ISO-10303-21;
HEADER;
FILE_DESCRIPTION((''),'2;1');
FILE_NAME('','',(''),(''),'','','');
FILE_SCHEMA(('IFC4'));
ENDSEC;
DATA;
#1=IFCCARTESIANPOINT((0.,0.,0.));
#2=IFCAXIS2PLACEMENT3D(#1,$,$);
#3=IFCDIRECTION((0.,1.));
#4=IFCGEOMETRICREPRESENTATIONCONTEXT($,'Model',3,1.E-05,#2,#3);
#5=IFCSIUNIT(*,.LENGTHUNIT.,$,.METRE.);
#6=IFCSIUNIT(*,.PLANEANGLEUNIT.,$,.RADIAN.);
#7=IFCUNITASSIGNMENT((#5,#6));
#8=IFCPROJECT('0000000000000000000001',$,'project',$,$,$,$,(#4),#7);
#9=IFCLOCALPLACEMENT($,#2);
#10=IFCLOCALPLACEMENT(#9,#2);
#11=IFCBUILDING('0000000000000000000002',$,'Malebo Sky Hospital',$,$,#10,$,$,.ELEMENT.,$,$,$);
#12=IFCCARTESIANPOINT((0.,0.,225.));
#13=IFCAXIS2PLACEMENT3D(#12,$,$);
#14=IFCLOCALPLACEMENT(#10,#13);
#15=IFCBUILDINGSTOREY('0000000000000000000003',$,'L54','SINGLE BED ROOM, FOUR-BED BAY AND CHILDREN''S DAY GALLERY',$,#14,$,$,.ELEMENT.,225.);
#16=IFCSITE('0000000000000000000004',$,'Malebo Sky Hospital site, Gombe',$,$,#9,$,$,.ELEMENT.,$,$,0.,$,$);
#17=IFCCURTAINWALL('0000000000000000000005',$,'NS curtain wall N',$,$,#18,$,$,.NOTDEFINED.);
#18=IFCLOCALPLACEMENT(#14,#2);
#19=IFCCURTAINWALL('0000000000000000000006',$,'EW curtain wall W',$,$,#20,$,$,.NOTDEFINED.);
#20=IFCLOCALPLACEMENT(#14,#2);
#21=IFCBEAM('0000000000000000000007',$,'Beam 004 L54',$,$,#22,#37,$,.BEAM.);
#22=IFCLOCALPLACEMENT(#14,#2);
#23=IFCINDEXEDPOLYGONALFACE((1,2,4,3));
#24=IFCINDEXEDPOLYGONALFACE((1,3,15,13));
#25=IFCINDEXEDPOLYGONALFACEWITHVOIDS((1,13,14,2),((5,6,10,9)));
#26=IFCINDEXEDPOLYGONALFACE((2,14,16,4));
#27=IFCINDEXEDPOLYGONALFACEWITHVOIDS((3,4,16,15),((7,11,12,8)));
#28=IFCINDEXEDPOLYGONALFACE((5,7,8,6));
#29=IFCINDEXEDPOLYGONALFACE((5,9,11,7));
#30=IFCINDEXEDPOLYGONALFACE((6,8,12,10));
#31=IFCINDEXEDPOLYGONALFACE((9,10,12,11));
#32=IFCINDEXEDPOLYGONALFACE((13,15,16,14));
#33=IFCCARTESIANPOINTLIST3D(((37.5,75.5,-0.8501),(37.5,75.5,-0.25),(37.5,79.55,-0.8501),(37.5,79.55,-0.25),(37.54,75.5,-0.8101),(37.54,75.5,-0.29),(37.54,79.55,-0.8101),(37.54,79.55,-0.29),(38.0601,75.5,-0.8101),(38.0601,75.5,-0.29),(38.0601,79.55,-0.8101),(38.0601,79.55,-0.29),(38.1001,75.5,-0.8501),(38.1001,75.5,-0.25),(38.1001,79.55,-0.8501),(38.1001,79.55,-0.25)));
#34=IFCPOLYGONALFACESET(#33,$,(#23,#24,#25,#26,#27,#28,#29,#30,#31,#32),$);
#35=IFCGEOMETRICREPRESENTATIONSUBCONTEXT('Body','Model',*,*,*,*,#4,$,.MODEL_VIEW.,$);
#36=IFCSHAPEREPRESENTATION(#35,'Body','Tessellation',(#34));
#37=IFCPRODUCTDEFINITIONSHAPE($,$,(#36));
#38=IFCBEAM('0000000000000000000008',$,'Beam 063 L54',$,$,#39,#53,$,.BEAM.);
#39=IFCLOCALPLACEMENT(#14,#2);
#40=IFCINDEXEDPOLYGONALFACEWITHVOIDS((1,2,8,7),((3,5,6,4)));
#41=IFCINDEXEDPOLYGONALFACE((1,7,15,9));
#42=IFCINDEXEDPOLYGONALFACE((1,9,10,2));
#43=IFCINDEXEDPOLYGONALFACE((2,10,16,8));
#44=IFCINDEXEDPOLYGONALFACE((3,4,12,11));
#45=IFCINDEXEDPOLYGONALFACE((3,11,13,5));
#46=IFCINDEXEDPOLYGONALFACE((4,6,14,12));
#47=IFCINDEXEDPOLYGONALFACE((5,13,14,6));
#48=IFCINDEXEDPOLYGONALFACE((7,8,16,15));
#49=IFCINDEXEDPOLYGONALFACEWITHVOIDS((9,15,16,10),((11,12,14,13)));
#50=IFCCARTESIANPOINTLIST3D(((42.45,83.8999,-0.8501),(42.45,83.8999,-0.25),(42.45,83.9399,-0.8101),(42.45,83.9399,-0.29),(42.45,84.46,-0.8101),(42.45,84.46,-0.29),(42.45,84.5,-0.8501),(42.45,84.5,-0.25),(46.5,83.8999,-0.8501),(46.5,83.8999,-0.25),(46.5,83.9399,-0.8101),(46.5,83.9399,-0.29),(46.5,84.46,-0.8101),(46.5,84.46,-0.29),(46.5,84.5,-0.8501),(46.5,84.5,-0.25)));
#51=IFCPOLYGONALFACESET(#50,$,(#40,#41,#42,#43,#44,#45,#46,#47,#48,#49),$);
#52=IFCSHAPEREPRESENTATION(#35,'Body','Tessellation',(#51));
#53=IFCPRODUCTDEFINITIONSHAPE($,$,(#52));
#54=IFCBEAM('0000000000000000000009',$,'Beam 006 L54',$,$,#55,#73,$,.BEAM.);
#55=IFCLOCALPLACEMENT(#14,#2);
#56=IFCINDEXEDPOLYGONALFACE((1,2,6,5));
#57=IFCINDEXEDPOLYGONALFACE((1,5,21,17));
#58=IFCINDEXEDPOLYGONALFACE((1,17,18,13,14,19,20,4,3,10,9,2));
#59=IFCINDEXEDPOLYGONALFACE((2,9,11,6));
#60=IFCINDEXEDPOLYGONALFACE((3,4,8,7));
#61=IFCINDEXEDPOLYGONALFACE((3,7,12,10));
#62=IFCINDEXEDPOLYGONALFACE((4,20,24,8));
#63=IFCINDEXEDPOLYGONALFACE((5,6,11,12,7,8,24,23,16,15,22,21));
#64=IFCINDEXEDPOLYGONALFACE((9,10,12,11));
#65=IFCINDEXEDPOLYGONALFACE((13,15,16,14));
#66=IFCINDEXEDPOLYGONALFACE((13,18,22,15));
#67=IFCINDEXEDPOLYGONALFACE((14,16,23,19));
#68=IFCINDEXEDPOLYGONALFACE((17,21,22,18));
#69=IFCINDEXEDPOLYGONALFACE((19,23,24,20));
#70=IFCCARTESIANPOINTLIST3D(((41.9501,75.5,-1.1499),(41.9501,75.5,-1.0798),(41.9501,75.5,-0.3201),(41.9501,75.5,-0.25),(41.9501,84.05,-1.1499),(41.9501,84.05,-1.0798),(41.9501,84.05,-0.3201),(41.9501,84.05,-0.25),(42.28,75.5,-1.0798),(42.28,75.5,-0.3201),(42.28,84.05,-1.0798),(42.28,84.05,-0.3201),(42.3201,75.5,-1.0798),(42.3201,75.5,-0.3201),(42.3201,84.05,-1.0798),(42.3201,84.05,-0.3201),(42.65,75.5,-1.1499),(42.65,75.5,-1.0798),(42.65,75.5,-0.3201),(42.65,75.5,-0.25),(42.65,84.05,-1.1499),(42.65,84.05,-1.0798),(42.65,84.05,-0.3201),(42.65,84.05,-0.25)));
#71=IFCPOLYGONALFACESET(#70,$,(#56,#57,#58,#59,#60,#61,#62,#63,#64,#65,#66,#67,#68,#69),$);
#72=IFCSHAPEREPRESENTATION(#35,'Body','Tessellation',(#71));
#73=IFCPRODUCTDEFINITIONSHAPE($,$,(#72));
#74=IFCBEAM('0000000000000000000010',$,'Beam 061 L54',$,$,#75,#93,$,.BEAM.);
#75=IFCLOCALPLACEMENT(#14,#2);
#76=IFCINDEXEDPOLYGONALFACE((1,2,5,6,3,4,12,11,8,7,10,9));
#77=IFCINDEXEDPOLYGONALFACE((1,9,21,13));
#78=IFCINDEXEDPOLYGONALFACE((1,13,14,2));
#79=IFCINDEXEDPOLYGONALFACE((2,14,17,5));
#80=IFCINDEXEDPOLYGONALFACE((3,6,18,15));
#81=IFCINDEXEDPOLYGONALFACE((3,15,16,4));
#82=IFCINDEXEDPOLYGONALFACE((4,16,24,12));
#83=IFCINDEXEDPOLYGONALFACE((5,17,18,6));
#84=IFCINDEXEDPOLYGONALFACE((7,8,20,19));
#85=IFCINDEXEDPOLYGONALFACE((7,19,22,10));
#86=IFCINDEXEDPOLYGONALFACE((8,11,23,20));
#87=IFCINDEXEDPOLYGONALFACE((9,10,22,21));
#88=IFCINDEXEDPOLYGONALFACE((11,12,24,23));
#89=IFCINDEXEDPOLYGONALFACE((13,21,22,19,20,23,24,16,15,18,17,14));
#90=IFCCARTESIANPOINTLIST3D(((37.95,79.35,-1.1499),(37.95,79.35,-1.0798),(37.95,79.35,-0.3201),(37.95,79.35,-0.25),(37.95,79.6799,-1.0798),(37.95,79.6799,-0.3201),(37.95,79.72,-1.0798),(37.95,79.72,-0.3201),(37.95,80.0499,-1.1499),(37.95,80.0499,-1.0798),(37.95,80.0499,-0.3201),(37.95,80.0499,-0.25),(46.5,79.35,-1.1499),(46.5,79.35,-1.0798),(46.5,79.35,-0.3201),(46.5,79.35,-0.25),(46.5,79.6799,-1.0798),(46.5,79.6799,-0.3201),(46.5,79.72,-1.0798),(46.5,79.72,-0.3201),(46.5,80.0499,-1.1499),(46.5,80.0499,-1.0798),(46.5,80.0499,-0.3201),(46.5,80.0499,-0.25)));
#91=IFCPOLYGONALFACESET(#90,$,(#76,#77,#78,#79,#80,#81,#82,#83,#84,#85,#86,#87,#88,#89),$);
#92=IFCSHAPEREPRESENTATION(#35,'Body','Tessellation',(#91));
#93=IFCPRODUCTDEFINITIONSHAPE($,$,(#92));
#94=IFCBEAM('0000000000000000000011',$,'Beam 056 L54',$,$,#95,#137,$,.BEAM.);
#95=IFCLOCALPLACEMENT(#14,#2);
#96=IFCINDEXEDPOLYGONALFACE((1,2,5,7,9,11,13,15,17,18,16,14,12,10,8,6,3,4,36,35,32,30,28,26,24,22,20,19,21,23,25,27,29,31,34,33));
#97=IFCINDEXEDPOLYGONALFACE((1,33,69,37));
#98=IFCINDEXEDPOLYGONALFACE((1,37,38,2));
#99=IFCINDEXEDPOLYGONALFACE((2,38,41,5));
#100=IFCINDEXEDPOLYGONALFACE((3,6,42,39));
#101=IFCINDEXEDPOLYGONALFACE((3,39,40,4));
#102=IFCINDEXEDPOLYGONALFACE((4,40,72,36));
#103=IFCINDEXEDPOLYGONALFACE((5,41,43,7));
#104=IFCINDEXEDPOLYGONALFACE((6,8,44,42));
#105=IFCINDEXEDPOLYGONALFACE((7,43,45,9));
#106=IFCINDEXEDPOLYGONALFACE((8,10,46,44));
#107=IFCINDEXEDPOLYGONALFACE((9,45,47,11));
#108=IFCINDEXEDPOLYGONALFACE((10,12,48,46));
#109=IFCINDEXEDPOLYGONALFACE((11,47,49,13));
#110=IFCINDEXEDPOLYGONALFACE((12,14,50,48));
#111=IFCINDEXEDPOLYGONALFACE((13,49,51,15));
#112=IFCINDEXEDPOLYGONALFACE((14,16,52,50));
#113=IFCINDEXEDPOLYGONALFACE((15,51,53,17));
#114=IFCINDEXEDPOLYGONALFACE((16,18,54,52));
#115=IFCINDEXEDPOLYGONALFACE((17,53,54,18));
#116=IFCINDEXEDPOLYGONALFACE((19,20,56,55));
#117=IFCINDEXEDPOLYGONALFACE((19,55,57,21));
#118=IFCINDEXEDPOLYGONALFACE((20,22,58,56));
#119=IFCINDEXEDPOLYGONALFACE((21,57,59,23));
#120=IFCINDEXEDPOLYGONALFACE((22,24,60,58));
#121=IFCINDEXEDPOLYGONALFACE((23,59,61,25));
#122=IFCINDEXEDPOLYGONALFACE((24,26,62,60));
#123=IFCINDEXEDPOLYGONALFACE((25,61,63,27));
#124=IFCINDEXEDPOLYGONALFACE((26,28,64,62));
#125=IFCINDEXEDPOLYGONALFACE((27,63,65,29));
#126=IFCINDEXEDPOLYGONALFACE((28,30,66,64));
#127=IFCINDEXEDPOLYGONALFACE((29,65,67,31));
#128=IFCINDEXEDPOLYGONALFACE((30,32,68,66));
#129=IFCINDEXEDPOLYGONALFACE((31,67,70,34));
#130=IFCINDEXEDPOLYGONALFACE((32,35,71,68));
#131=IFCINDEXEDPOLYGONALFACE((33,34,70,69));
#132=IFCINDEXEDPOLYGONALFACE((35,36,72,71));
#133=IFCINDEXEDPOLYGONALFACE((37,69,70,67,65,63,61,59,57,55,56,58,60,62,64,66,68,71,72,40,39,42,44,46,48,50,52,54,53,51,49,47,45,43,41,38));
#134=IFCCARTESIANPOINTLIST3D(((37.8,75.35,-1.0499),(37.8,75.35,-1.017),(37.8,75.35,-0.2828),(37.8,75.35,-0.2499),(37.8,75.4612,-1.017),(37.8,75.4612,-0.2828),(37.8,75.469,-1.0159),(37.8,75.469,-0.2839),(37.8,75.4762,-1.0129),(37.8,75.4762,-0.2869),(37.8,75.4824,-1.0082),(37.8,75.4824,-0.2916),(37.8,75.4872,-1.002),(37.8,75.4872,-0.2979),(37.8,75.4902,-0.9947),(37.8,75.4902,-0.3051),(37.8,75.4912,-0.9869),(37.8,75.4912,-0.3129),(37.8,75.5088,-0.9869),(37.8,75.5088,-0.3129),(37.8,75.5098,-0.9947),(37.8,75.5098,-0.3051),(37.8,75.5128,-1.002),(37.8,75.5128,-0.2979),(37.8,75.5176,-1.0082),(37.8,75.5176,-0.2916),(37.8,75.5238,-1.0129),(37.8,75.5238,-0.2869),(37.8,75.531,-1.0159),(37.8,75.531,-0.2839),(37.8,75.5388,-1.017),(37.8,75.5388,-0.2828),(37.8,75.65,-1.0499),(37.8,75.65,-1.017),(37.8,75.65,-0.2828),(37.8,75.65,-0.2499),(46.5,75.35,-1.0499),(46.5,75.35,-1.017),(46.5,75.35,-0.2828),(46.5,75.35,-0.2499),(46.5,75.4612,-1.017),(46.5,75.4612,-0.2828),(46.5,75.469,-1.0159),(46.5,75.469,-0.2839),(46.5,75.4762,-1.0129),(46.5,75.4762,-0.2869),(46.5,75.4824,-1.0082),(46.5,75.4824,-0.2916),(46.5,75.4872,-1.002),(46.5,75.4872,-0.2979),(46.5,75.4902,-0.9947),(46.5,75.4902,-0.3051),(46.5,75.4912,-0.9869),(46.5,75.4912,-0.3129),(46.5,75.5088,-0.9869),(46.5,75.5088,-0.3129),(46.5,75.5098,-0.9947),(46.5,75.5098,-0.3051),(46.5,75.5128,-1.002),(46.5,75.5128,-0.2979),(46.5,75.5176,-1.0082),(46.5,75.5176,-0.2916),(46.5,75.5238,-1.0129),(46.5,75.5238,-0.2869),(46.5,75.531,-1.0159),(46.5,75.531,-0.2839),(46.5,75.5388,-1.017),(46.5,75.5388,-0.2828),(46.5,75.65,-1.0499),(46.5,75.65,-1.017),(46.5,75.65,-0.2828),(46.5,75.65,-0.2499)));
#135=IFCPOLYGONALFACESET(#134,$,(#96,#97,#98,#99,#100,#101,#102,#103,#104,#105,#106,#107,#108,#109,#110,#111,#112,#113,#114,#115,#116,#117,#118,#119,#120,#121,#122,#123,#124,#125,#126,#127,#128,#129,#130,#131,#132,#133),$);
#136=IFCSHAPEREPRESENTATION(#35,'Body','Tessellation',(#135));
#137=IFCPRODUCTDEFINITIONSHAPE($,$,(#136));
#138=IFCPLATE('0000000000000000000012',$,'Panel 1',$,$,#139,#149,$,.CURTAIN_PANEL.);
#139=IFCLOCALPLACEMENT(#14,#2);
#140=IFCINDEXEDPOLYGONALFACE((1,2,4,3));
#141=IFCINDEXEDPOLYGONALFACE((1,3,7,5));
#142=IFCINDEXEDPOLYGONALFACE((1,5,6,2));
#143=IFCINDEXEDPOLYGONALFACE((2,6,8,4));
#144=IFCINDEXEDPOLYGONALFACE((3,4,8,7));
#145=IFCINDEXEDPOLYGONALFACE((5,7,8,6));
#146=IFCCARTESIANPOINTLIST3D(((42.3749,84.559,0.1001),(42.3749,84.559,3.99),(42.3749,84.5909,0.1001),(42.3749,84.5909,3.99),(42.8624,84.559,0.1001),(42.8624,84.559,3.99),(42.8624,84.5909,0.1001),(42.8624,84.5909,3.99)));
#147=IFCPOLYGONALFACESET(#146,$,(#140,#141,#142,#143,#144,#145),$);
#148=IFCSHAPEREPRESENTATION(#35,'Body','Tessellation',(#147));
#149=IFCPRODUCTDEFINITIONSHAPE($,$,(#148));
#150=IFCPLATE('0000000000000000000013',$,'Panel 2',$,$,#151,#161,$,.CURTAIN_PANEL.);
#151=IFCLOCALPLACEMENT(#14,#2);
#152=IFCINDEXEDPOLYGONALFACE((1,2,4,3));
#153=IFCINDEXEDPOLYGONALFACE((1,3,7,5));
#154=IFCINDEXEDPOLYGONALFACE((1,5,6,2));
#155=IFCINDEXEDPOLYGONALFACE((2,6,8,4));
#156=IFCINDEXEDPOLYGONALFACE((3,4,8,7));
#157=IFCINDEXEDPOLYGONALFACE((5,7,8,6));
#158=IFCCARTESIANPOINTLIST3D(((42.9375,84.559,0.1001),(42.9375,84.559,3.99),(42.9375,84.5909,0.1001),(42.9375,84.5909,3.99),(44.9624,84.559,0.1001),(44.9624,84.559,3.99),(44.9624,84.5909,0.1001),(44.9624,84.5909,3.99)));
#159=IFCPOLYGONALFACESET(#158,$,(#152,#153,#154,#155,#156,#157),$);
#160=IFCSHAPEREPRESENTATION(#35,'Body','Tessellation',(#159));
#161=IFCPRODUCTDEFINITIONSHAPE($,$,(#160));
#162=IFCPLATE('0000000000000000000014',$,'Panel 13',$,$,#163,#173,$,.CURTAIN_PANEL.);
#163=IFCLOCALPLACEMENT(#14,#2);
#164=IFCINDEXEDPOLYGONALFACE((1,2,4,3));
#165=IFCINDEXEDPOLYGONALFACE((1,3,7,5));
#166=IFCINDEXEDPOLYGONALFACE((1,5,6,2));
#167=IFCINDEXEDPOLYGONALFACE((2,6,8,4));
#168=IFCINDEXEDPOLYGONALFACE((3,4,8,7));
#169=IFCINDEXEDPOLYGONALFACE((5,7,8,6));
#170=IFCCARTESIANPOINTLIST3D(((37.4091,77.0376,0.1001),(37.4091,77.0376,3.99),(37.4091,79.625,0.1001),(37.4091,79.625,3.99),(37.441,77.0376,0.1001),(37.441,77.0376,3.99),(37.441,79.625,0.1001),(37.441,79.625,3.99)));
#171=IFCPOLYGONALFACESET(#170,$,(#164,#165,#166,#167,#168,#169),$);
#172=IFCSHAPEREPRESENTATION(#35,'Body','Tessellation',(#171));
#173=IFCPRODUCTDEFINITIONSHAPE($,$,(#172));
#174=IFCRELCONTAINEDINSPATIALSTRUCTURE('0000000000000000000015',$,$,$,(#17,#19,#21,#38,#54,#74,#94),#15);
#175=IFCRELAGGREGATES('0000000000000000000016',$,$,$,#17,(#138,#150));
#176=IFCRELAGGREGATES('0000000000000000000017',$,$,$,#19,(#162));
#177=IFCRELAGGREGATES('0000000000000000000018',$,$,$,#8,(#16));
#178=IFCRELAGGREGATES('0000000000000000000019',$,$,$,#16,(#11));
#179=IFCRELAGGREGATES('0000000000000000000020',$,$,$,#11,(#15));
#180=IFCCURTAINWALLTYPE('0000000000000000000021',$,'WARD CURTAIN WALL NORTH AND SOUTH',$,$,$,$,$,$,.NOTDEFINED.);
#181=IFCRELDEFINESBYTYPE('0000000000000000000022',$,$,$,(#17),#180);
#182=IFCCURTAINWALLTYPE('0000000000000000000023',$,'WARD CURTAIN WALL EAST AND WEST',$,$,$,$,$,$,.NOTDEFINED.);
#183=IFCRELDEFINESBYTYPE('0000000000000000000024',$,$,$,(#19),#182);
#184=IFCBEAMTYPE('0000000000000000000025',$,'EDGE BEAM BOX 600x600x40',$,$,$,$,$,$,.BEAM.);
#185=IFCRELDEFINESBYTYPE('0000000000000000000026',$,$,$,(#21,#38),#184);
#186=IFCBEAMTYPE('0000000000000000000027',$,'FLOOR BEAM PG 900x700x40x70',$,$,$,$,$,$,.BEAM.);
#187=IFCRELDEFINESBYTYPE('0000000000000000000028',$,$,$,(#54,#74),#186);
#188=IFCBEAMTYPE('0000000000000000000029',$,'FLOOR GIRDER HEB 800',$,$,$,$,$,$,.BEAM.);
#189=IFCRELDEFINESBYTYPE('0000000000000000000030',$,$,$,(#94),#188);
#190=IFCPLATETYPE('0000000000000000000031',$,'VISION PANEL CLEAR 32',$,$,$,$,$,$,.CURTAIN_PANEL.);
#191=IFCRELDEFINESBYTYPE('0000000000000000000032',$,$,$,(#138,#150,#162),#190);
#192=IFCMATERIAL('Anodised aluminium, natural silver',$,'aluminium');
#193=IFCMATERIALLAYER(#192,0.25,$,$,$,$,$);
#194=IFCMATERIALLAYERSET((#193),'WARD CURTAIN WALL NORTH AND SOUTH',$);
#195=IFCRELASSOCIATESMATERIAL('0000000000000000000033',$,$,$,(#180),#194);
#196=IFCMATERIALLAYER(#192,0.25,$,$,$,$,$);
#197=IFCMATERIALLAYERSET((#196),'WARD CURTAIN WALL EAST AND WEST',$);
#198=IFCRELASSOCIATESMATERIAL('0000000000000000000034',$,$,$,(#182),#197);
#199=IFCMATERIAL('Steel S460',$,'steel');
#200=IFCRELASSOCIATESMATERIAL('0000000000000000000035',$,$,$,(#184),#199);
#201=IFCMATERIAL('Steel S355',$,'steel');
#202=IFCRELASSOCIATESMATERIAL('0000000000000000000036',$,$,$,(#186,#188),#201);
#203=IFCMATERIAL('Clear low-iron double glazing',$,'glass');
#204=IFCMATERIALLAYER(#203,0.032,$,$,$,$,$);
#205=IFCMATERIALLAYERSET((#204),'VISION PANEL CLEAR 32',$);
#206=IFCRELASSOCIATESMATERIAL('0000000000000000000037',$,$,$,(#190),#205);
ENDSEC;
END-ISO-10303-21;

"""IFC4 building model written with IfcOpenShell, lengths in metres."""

from ifc_helpers import new_model, si_unit, direction, frame, origin, origin_2d, place, context, subcontext, project, spatial, rectangle, hollow_rectangle, i_section, extrude, material, layer, layer_set, material_profile, profile_set, type_object, element, aggregate, save


model = new_model("IFC4")

# Units and contexts
model_context = context("Model", 3, precision=1e-05, world=origin(), true_north=direction((0.0, 1.0)))
body_context = subcontext(model_context, "Body", "Model", "MODEL_VIEW")
ifc_project = project(units=[si_unit("LENGTHUNIT", "METRE"), si_unit("PLANEANGLEUNIT", "RADIAN")], contexts=[model_context])

# Site, building, storey
site_placement = place(None, origin())
site = spatial("IfcSite", under=ifc_project, at=site_placement, Name="Malebo Sky Hospital site, Gombe", CompositionType="ELEMENT", RefElevation=0.0)
building_placement = place(site_placement, origin())
building = spatial("IfcBuilding", under=site, at=building_placement, Name="Malebo Sky Hospital", CompositionType="ELEMENT")
storey_placement = place(building_placement, frame((0.0, 0.0, 225.0)))
storey = spatial("IfcBuildingStorey", under=building, at=storey_placement, Name="L54", Description="SINGLE BED ROOM, FOUR-BED BAY AND CHILDREN'S DAY GALLERY", CompositionType="ELEMENT", Elevation=225.0)

# Shared definitions
ifc_material_1 = material(Name="Steel S460", Category="steel")

# Curtain wall
ifc_material_2 = material(Name="Anodised aluminium, natural silver", Category="aluminium")
ifc_layer_1 = layer(ifc_material_2, 0.25)
ifc_layer_set_1 = layer_set([ifc_layer_1], Name="WARD CURTAIN WALL NORTH AND SOUTH")
curtain_wall_type_1 = type_object("IfcCurtainWallType", Name="WARD CURTAIN WALL NORTH AND SOUTH", PredefinedType="NOTDEFINED", material=ifc_layer_set_1)
curtain_wall_1_placement = place(storey_placement, origin())
curtain_wall_1 = element("IfcCurtainWall", 1, at=curtain_wall_1_placement, inside=storey, type_object=curtain_wall_type_1, Name="NS curtain wall N", PredefinedType="NOTDEFINED")

# Curtain wall
ifc_layer_2 = layer(ifc_material_2, 0.25)
ifc_layer_set_2 = layer_set([ifc_layer_2], Name="WARD CURTAIN WALL EAST AND WEST")
curtain_wall_type_2 = type_object("IfcCurtainWallType", Name="WARD CURTAIN WALL EAST AND WEST", PredefinedType="NOTDEFINED", material=ifc_layer_set_2)
curtain_wall_2_placement = place(storey_placement, origin())
curtain_wall_2 = element("IfcCurtainWall", 2, at=curtain_wall_2_placement, inside=storey, type_object=curtain_wall_type_2, Name="EW curtain wall W", PredefinedType="NOTDEFINED")

# Beams
ifc_material_profile_1 = material_profile(ifc_material_1, hollow_rectangle(XDim=0.6001, YDim=0.6001, WallThickness=0.04, at=origin_2d()), Name="BOX 600x600x40")
ifc_profile_set_1 = profile_set([ifc_material_profile_1], Name="Steel S460")
beam_type_1 = type_object("IfcBeamType", Name="EDGE BEAM BOX 600x600x40", PredefinedType="BEAM", material=ifc_profile_set_1)
for number, where, z_axis, x_axis, name in (
    (3, (37.8, 75.5, -0.55), (0.0, 1.0, 0.0), (-1.0, 0.0, 0.0), "Beam 004 L54"),
    (4, (42.45, 84.2, -0.55), (1.0, 0.0, 0.0), (0.0, 1.0, 0.0), "Beam 063 L54"),
):
    element("IfcBeam", number, at=place(storey_placement, frame(where, z_axis=z_axis, x_axis=x_axis)), inside=storey, type_object=beam_type_1, Name=name, PredefinedType="BEAM", context=body_context, shape_type="SweptSolid", body=[
        extrude(hollow_rectangle(XDim=0.6001, YDim=0.6001, WallThickness=0.04, at=origin_2d()), origin(), (0.0, 0.0, 1.0), 4.05),
    ])
ifc_material_3 = material(Name="Steel S355", Category="steel")
ifc_material_profile_2 = material_profile(ifc_material_3, i_section(OverallWidth=0.7, OverallDepth=0.8999, WebThickness=0.04, FlangeThickness=0.0701, at=origin_2d()), Name="PG 900x700x40x70")
ifc_profile_set_2 = profile_set([ifc_material_profile_2], Name="Steel S355")
beam_type_2 = type_object("IfcBeamType", Name="FLOOR BEAM PG 900x700x40x70", PredefinedType="BEAM", material=ifc_profile_set_2)
for number, where, z_axis, x_axis, name in (
    (5, (42.3, 75.5, -0.7), (0.0, 1.0, 0.0), (-1.0, 0.0, 0.0), "Beam 006 L54"),
    (6, (37.95, 79.7, -0.7), (1.0, 0.0, 0.0), (0.0, 1.0, 0.0), "Beam 061 L54"),
):
    element("IfcBeam", number, at=place(storey_placement, frame(where, z_axis=z_axis, x_axis=x_axis)), inside=storey, type_object=beam_type_2, Name=name, PredefinedType="BEAM", context=body_context, shape_type="SweptSolid", body=[
        extrude(i_section(OverallWidth=0.7, OverallDepth=0.8999, WebThickness=0.04, FlangeThickness=0.0701, at=origin_2d()), origin(), (0.0, 0.0, 1.0), 8.55),
    ])
ifc_material_profile_3 = material_profile(ifc_material_3, i_section(OverallWidth=0.3, OverallDepth=0.8, WebThickness=0.0176, FlangeThickness=0.033, FilletRadius=0.03, at=origin_2d()), Name="HEB 800")
ifc_profile_set_3 = profile_set([ifc_material_profile_3], Name="Steel S355")
beam_type_3 = type_object("IfcBeamType", Name="FLOOR GIRDER HEB 800", PredefinedType="BEAM", material=ifc_profile_set_3)
beam_placement = place(storey_placement, frame((37.8, 75.5, -0.6499), z_axis=(1.0, 0.0, 0.0), x_axis=(0.0, 1.0, 0.0)))
element("IfcBeam", 7, at=beam_placement, inside=storey, type_object=beam_type_3, Name="Beam 056 L54", PredefinedType="BEAM", context=body_context, shape_type="SweptSolid", body=[
    extrude(i_section(OverallWidth=0.3, OverallDepth=0.8, WebThickness=0.0176, FlangeThickness=0.033, FilletRadius=0.03, at=origin_2d()), origin(), (0.0, 0.0, 1.0), 8.7),
])

# Plates
ifc_material_4 = material(Name="Clear low-iron double glazing", Category="glass")
ifc_layer_3 = layer(ifc_material_4, 0.032)
ifc_layer_set_3 = layer_set([ifc_layer_3], Name="VISION PANEL CLEAR 32")
plate_type = type_object("IfcPlateType", Name="VISION PANEL CLEAR 32", PredefinedType="CURTAIN_PANEL", material=ifc_layer_set_3)
plate_1_placement = place(storey_placement, frame((42.6187, 84.575, 0.1001), z_axis=(0.0, 0.0, 1.0), x_axis=(1.0, 0.0, 0.0)))
plate_1 = element("IfcPlate", 8, at=plate_1_placement, type_object=plate_type, Name="Panel 1", PredefinedType="CURTAIN_PANEL", context=body_context, shape_type="SweptSolid", body=[
    extrude(rectangle(XDim=0.4875, YDim=0.032, at=origin_2d()), origin(), (0.0, 0.0, 1.0), 3.8899),
])
plate_2_placement = place(storey_placement, frame((43.95, 84.575, 0.1001), z_axis=(0.0, 0.0, 1.0), x_axis=(1.0, 0.0, 0.0)))
plate_2 = element("IfcPlate", 9, at=plate_2_placement, type_object=plate_type, Name="Panel 2", PredefinedType="CURTAIN_PANEL", context=body_context, shape_type="SweptSolid", body=[
    extrude(rectangle(XDim=2.0249, YDim=0.032, at=origin_2d()), origin(), (0.0, 0.0, 1.0), 3.8899),
])
aggregate(curtain_wall_1, [plate_1, plate_2])
plate_3_placement = place(storey_placement, frame((37.425, 78.3313, 0.1001), z_axis=(0.0, 0.0, 1.0), x_axis=(0.0, 1.0, 0.0)))
plate_3 = element("IfcPlate", 10, at=plate_3_placement, type_object=plate_type, Name="Panel 13", PredefinedType="CURTAIN_PANEL", context=body_context, shape_type="SweptSolid", body=[
    extrude(rectangle(XDim=2.5874, YDim=0.032, at=origin_2d()), origin(), (0.0, 0.0, 1.0), 3.8899),
])
aggregate(curtain_wall_2, [plate_3])

save(model, "model.ifc")
